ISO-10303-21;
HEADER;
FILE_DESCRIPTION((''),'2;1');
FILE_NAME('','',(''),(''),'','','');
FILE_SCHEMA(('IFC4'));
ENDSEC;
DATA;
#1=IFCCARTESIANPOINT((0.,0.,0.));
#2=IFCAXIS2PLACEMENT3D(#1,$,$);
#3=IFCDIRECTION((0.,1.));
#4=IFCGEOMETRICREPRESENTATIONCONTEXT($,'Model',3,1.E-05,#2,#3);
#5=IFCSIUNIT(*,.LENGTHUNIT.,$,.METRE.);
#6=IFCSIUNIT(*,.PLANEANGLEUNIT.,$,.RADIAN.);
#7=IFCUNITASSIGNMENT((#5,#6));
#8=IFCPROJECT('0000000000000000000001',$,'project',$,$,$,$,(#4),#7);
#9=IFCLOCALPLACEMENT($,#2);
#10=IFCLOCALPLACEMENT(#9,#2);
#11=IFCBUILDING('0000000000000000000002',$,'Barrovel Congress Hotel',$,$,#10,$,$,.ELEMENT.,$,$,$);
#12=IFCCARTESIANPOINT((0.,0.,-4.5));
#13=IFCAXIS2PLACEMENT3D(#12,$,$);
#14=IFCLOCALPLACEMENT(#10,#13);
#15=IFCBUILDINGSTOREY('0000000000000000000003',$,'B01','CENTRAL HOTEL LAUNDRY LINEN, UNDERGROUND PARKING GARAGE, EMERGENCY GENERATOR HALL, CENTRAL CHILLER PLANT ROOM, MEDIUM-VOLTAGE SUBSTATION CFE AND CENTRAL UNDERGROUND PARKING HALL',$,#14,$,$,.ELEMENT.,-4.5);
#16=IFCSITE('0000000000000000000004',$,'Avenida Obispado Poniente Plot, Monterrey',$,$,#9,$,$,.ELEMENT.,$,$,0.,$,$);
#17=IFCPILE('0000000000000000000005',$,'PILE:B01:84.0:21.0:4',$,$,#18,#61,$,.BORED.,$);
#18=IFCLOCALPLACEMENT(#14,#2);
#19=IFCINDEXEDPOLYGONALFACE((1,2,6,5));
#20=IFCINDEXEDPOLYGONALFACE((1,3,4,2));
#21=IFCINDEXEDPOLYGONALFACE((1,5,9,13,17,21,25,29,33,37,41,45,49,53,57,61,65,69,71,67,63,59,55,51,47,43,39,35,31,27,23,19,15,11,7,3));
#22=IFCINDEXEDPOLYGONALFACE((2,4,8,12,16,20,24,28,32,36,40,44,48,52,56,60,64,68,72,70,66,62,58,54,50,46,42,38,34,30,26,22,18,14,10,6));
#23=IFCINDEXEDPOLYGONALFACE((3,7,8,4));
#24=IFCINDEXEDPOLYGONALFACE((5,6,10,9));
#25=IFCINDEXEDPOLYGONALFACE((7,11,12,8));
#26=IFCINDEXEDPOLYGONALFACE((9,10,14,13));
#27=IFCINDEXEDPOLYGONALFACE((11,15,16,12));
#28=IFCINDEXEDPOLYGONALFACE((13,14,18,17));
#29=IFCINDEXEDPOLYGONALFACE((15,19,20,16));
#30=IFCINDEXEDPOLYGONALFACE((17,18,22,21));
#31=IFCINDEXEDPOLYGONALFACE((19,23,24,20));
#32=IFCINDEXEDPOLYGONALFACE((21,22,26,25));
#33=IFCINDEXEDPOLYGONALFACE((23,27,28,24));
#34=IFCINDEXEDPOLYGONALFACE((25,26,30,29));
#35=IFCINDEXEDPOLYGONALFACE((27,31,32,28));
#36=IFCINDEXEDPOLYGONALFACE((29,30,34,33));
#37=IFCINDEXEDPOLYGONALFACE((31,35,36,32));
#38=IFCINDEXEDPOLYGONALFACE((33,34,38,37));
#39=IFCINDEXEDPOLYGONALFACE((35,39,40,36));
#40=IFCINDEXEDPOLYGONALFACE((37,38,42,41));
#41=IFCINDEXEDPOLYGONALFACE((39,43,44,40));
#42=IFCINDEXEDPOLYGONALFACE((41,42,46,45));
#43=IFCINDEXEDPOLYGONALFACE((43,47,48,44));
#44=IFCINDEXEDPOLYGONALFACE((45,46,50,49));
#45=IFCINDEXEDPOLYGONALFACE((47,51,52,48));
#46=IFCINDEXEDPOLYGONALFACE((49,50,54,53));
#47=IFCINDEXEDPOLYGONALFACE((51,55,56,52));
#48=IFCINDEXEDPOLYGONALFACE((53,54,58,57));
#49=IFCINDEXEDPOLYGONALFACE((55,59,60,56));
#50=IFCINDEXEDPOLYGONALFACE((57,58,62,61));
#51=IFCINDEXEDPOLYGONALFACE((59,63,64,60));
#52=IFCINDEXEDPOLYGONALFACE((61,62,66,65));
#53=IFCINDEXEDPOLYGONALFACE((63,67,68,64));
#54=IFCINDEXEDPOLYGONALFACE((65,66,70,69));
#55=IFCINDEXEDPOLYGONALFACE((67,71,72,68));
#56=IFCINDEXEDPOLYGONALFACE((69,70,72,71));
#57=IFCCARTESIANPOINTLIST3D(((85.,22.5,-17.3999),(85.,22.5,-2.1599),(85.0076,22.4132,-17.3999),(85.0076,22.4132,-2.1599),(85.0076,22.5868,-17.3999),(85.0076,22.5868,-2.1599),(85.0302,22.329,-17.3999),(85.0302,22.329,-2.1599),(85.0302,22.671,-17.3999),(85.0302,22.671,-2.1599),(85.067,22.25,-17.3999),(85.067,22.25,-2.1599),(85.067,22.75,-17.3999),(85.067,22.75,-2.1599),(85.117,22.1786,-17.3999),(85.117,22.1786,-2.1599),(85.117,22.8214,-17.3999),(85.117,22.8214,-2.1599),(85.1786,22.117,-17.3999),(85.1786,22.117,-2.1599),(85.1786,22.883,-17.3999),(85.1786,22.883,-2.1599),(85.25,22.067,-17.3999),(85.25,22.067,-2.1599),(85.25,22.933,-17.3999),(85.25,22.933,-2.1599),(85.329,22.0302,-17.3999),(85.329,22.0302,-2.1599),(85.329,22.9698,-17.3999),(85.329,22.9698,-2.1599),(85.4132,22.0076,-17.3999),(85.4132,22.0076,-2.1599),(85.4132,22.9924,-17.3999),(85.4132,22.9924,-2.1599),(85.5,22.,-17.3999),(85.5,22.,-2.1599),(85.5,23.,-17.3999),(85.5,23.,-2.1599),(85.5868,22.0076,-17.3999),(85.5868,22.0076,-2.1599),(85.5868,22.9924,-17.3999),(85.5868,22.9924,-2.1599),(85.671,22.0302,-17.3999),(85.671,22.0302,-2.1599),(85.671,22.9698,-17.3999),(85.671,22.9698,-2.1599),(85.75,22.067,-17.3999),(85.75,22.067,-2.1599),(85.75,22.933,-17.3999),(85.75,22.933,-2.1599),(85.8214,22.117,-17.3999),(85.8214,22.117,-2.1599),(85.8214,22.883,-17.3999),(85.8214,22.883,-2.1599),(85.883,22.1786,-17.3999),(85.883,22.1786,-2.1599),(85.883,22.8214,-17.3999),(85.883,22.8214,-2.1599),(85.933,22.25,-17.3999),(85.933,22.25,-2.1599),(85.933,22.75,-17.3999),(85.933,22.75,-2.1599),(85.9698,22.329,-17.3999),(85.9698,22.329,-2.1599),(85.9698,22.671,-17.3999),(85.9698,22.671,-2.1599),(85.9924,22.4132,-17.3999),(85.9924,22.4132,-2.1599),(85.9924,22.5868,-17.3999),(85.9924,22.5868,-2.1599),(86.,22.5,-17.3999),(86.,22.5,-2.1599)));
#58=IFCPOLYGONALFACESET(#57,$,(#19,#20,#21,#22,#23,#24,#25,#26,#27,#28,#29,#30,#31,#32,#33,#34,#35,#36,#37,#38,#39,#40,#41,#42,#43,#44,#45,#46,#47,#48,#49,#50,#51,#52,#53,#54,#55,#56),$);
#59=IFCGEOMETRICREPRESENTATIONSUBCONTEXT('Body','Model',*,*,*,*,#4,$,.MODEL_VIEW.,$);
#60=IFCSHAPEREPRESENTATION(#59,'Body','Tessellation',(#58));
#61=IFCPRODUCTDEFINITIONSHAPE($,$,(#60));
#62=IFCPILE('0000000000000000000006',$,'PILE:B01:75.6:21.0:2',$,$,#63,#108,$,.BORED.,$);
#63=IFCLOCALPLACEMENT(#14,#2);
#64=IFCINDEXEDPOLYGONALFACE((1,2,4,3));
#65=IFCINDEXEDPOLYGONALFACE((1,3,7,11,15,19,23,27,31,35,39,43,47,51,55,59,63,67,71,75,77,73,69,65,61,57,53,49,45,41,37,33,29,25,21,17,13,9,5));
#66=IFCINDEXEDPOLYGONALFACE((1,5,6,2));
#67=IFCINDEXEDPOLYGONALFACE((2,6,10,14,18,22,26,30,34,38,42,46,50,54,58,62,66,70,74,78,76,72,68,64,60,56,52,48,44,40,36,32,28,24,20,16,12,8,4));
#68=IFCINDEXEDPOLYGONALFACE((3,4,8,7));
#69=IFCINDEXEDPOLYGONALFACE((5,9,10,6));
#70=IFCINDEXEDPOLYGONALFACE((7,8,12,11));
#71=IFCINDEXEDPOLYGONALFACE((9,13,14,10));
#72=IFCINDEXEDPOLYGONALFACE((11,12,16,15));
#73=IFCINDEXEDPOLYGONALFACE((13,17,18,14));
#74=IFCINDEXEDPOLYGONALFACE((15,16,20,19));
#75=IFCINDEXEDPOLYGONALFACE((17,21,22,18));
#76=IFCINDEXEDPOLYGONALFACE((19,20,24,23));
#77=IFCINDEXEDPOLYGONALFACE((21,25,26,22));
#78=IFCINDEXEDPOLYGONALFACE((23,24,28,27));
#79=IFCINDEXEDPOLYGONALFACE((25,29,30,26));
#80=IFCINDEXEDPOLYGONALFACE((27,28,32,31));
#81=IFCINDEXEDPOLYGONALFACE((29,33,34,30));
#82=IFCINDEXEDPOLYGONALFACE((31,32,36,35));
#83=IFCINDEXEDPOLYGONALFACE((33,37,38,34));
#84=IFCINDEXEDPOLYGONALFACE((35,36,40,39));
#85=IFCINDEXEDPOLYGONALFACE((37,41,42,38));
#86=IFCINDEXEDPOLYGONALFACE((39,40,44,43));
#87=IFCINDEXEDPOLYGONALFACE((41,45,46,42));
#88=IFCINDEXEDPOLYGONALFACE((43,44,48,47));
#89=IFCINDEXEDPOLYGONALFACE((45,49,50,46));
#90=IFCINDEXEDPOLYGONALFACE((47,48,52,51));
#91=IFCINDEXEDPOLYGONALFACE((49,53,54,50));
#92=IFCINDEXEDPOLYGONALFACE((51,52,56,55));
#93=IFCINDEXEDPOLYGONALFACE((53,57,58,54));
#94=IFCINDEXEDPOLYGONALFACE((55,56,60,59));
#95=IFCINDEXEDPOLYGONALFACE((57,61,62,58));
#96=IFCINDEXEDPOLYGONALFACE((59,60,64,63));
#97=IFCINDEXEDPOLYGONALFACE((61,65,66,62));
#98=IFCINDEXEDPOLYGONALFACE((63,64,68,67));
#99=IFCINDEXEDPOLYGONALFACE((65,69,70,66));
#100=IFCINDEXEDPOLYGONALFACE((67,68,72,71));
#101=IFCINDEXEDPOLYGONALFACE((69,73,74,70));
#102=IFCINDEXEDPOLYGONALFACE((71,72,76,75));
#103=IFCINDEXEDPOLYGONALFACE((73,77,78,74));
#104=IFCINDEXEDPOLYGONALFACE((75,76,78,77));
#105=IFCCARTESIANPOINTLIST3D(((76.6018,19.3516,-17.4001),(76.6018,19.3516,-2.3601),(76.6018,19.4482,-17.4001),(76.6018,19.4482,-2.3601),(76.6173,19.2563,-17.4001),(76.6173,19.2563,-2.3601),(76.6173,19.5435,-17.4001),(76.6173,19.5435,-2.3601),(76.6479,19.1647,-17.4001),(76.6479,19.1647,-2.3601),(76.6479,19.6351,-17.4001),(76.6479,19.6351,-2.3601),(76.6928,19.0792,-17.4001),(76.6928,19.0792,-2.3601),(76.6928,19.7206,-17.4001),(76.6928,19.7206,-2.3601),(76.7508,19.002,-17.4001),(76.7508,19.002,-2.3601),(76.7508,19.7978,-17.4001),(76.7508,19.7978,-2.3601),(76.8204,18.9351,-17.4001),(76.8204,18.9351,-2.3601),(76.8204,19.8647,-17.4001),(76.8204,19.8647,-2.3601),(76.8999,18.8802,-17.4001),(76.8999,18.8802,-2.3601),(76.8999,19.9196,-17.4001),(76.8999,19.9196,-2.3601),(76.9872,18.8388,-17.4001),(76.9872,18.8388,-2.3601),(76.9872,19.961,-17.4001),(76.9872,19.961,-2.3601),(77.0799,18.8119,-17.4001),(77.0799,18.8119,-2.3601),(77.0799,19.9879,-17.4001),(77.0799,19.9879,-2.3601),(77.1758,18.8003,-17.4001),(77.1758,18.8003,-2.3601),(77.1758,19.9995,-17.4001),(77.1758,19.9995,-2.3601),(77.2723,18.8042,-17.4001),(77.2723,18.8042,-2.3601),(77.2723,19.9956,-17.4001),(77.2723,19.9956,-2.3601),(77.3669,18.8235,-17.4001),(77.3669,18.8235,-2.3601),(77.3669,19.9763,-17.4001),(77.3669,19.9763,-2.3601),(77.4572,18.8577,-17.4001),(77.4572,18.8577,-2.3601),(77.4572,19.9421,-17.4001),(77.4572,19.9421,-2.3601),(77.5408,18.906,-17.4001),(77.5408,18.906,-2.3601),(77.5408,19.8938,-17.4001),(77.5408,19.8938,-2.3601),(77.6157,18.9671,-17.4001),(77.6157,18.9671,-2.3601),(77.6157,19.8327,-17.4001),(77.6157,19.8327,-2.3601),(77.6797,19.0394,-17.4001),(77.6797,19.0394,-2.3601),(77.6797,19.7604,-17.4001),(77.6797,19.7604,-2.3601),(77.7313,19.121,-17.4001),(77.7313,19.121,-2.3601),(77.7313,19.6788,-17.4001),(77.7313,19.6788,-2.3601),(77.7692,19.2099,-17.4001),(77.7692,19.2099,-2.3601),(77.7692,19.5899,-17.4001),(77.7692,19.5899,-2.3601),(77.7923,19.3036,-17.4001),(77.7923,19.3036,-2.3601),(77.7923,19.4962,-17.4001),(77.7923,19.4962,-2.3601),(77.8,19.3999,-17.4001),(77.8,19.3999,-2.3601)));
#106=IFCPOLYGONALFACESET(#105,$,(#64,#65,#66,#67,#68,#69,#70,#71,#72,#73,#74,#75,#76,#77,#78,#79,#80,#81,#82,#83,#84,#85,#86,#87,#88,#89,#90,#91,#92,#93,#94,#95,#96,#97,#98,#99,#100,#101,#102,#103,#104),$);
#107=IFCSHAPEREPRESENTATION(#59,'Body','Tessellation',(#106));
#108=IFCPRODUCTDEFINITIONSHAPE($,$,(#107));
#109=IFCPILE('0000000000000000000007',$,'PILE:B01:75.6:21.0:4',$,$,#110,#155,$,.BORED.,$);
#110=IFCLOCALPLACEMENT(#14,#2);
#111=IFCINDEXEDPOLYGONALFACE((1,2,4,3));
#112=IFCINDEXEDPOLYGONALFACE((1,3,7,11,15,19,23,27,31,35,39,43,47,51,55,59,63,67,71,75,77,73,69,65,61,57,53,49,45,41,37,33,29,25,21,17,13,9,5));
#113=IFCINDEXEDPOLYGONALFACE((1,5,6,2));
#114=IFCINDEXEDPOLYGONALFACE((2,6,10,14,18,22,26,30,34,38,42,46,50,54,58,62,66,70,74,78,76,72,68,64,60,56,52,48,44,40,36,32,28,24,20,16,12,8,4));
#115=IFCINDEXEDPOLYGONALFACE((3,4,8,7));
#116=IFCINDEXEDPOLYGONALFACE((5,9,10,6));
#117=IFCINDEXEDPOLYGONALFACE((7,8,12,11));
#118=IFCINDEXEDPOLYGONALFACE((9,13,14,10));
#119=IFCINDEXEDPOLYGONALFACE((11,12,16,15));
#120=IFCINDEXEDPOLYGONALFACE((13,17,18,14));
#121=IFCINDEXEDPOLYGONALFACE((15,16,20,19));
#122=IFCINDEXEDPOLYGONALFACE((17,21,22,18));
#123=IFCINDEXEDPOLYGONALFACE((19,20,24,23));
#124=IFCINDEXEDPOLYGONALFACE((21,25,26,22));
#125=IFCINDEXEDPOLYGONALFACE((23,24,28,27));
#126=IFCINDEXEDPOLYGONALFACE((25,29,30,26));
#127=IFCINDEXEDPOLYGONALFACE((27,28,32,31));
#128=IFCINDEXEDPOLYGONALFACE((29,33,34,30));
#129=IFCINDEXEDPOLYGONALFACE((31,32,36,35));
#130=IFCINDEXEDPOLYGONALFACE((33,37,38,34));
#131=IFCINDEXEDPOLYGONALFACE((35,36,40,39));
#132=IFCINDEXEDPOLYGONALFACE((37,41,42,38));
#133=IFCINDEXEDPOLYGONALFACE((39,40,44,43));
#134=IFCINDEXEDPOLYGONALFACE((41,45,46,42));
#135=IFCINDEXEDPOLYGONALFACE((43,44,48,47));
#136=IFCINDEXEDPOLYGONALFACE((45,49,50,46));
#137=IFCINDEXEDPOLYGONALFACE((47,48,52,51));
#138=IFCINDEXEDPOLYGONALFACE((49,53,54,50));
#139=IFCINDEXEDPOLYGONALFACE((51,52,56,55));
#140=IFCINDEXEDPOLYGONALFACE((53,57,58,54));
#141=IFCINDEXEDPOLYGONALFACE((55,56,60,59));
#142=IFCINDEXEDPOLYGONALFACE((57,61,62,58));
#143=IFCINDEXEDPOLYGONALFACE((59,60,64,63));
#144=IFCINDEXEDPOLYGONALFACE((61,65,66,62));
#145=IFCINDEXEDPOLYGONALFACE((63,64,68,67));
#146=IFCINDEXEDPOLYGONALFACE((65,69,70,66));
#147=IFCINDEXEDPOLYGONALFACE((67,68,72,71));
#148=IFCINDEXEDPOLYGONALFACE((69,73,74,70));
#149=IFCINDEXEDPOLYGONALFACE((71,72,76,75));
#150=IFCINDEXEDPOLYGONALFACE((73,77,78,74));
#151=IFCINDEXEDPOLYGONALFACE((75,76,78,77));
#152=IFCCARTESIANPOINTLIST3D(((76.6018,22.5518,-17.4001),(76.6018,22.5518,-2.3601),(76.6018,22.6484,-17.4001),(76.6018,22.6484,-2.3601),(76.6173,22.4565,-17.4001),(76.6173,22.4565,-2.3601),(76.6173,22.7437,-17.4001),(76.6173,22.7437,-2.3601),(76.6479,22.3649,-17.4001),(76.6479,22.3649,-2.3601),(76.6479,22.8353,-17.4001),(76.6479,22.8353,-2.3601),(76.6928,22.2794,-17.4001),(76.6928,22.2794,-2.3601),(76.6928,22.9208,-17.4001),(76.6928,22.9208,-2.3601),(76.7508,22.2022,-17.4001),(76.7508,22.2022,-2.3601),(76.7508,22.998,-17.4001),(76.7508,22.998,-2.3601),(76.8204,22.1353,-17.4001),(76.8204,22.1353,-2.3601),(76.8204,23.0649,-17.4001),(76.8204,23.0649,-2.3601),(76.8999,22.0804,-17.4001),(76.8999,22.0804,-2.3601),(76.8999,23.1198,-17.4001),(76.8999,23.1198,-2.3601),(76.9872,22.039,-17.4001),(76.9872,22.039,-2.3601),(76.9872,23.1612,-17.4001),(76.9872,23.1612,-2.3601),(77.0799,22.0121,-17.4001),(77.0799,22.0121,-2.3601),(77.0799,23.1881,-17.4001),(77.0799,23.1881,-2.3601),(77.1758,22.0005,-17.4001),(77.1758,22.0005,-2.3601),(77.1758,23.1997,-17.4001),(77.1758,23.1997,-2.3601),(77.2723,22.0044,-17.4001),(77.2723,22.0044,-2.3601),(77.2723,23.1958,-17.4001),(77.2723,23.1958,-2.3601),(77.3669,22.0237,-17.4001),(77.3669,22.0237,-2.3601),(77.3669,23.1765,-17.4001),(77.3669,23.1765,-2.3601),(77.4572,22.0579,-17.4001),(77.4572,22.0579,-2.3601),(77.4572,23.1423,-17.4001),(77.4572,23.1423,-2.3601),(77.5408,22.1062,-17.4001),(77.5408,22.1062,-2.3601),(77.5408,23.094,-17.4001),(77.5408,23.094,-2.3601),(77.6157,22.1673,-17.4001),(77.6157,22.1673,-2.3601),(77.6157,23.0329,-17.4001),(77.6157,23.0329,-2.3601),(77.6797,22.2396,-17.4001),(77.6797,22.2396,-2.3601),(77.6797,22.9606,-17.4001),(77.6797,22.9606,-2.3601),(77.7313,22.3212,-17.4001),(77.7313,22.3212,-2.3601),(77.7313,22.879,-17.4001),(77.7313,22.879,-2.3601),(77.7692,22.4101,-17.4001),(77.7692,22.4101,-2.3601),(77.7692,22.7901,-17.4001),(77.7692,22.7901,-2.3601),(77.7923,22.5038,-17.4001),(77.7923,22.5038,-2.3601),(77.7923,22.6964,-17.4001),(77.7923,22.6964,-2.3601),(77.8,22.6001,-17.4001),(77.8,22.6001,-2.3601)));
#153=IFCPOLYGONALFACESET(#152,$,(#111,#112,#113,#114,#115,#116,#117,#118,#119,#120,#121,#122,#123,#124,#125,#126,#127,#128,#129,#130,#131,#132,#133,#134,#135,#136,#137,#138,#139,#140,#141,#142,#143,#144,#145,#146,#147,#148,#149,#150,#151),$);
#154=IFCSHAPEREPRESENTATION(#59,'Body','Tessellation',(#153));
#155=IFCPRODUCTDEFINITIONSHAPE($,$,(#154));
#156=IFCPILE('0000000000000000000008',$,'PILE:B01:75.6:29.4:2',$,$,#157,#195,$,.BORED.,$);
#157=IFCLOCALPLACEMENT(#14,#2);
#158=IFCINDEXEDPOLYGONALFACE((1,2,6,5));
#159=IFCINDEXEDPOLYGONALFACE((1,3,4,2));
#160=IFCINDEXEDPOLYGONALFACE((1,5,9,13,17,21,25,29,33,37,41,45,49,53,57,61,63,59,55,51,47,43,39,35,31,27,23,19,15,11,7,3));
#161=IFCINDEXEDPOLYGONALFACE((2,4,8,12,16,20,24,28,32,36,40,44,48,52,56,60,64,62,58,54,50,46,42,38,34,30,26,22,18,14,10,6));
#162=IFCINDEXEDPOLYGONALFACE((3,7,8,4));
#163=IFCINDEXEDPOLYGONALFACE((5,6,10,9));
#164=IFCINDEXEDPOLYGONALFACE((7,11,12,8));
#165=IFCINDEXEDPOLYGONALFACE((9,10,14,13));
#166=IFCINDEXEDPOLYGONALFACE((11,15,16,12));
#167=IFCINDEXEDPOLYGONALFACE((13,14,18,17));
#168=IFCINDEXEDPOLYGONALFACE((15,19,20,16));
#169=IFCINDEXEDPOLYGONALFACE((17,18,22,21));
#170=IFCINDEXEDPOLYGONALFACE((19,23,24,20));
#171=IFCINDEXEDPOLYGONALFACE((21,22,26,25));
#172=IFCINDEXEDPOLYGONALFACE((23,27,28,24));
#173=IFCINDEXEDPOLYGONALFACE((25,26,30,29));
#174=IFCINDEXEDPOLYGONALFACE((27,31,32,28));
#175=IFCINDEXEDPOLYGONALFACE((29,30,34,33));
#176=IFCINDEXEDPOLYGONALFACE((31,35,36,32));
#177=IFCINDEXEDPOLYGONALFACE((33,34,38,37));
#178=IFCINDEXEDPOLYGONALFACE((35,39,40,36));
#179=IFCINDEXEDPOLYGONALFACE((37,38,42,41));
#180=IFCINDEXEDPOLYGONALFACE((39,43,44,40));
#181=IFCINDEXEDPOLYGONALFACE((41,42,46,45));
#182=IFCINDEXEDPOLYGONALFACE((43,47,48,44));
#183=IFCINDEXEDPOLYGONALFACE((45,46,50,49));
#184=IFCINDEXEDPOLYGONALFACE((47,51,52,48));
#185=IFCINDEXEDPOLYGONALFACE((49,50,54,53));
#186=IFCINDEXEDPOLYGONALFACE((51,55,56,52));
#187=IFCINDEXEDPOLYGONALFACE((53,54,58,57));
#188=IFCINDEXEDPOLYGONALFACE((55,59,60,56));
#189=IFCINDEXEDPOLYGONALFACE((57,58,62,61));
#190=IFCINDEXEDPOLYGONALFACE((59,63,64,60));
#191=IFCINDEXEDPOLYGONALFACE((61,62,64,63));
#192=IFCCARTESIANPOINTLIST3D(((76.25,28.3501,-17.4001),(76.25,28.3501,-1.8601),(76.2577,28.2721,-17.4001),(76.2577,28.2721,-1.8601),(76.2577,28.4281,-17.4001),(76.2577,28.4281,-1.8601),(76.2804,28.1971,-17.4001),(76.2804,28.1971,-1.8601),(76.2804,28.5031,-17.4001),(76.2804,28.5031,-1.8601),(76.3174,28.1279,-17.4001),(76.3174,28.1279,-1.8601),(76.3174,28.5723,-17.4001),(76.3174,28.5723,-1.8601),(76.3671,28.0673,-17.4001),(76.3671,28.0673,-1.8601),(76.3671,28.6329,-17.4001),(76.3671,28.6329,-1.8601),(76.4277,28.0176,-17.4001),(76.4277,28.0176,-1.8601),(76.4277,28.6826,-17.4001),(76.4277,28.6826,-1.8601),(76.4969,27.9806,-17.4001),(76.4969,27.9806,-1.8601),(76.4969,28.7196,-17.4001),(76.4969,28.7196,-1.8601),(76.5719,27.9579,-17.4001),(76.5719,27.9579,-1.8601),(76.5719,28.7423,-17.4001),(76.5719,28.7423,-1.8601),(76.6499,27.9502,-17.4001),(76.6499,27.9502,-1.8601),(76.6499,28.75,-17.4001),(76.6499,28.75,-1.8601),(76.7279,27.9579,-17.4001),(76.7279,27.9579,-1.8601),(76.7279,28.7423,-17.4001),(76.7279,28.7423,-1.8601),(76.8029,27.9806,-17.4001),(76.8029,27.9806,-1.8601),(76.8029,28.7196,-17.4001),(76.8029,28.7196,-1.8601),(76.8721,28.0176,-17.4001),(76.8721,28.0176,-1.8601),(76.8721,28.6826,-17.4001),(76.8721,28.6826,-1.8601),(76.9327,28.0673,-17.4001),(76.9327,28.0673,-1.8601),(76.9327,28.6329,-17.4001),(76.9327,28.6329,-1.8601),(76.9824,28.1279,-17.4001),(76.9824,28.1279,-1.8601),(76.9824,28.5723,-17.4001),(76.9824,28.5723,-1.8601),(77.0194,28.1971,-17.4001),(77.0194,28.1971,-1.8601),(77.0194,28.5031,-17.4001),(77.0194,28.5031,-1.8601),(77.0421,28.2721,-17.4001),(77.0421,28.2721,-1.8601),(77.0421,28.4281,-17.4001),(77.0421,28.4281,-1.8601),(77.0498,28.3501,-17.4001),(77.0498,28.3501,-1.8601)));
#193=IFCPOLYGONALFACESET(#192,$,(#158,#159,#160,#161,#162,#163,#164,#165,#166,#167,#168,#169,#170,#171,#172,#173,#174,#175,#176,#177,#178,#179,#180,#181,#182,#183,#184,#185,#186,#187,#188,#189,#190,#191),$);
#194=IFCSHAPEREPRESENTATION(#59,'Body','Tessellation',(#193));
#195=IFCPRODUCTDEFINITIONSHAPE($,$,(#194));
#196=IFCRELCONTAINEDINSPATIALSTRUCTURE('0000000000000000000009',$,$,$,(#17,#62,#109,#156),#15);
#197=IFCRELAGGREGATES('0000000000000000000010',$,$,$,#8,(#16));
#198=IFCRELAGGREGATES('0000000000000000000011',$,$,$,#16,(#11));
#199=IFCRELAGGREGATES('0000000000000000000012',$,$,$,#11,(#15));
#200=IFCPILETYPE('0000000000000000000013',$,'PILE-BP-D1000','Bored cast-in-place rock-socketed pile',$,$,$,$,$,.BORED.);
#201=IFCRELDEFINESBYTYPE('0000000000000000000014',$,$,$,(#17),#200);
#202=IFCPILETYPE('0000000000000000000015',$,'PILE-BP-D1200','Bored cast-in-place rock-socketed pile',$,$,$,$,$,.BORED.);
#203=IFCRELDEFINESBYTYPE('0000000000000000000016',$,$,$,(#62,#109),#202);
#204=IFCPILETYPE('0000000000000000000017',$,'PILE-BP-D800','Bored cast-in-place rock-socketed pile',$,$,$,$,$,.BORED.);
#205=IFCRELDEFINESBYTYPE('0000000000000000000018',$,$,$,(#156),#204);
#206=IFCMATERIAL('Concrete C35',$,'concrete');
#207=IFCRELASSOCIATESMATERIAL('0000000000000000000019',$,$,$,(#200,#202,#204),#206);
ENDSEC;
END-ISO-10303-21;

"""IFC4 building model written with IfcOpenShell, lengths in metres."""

from ifc_helpers import new_model, si_unit, direction, frame, origin, origin_2d, place, context, subcontext, project, spatial, circle, extrude, material, material_profile, profile_set, type_object, element, save


model = new_model("IFC4")

# Units and contexts
model_context = context("Model", 3, precision=1e-05, world=origin(), true_north=direction((0.0, 1.0)))
body_context = subcontext(model_context, "Body", "Model", "MODEL_VIEW")
ifc_project = project(units=[si_unit("LENGTHUNIT", "METRE"), si_unit("PLANEANGLEUNIT", "RADIAN")], contexts=[model_context])

# Site, building, storey
site_placement = place(None, origin())
site = spatial("IfcSite", under=ifc_project, at=site_placement, Name="Avenida Obispado Poniente Plot, Monterrey", CompositionType="ELEMENT", RefElevation=0.0)
building_placement = place(site_placement, origin())
building = spatial("IfcBuilding", under=site, at=building_placement, Name="Barrovel Congress Hotel", CompositionType="ELEMENT")
storey_placement = place(building_placement, frame((0.0, 0.0, -4.5)))
storey = spatial("IfcBuildingStorey", under=building, at=storey_placement, Name="B01", Description="CENTRAL HOTEL LAUNDRY LINEN, UNDERGROUND PARKING GARAGE, EMERGENCY GENERATOR HALL, CENTRAL CHILLER PLANT ROOM, MEDIUM-VOLTAGE SUBSTATION CFE AND CENTRAL UNDERGROUND PARKING HALL", CompositionType="ELEMENT", Elevation=-4.5)

# Piles
ifc_material_1 = material(Name="Concrete C35", Category="concrete")
ifc_material_profile_1 = material_profile(ifc_material_1, circle(Radius=0.5, at=origin_2d()), Name="BP-D1000")
ifc_profile_set_1 = profile_set([ifc_material_profile_1], Name="Concrete C35")
pile_type_1 = type_object("IfcPileType", Name="PILE-BP-D1000", Description="Bored cast-in-place rock-socketed pile", PredefinedType="BORED", material=ifc_profile_set_1)
for number, where, z_axis, x_axis, name in (
    (1, (85.5, 22.5, -2.1599), (0.0, 0.0, -1.0), (1.0, 0.0, 0.0), "PILE:B01:84.0:21.0:4"),
):
    element("IfcPile", number, at=place(storey_placement, frame(where, z_axis=z_axis, x_axis=x_axis)), inside=storey, type_object=pile_type_1, Name=name, PredefinedType="BORED", context=body_context, shape_type="SweptSolid", body=[
        extrude(circle(Radius=0.5, at=origin_2d()), origin(), (0.0, 0.0, 1.0), 15.24),
    ])
ifc_material_profile_2 = material_profile(ifc_material_1, circle(Radius=0.6001, at=origin_2d()), Name="BP-D1200")
ifc_profile_set_2 = profile_set([ifc_material_profile_2], Name="Concrete C35")
pile_type_2 = type_object("IfcPileType", Name="PILE-BP-D1200", Description="Bored cast-in-place rock-socketed pile", PredefinedType="BORED", material=ifc_profile_set_2)
for number, where, z_axis, x_axis, name in (
    (2, (77.2, 19.3999, -2.3601), (0.0, 0.0, -1.0), (1.0, 0.0, 0.0), "PILE:B01:75.6:21.0:2"),
    (3, (77.2, 22.6001, -2.3601), (0.0, 0.0, -1.0), (1.0, 0.0, 0.0), "PILE:B01:75.6:21.0:4"),
):
    element("IfcPile", number, at=place(storey_placement, frame(where, z_axis=z_axis, x_axis=x_axis)), inside=storey, type_object=pile_type_2, Name=name, PredefinedType="BORED", context=body_context, shape_type="SweptSolid", body=[
        extrude(circle(Radius=0.6001, at=origin_2d()), origin(), (0.0, 0.0, 1.0), 15.04),
    ])
ifc_material_profile_3 = material_profile(ifc_material_1, circle(Radius=0.3999, at=origin_2d()), Name="BP-D800")
ifc_profile_set_3 = profile_set([ifc_material_profile_3], Name="Concrete C35")
pile_type_3 = type_object("IfcPileType", Name="PILE-BP-D800", Description="Bored cast-in-place rock-socketed pile", PredefinedType="BORED", material=ifc_profile_set_3)
for number, where, z_axis, x_axis, name in (
    (4, (76.6499, 28.3501, -1.8601), (0.0, 0.0, -1.0), (1.0, 0.0, 0.0), "PILE:B01:75.6:29.4:2"),
):
    element("IfcPile", number, at=place(storey_placement, frame(where, z_axis=z_axis, x_axis=x_axis)), inside=storey, type_object=pile_type_3, Name=name, PredefinedType="BORED", context=body_context, shape_type="SweptSolid", body=[
        extrude(circle(Radius=0.3999, at=origin_2d()), origin(), (0.0, 0.0, 1.0), 15.54),
    ])

save(model, "model.ifc")
